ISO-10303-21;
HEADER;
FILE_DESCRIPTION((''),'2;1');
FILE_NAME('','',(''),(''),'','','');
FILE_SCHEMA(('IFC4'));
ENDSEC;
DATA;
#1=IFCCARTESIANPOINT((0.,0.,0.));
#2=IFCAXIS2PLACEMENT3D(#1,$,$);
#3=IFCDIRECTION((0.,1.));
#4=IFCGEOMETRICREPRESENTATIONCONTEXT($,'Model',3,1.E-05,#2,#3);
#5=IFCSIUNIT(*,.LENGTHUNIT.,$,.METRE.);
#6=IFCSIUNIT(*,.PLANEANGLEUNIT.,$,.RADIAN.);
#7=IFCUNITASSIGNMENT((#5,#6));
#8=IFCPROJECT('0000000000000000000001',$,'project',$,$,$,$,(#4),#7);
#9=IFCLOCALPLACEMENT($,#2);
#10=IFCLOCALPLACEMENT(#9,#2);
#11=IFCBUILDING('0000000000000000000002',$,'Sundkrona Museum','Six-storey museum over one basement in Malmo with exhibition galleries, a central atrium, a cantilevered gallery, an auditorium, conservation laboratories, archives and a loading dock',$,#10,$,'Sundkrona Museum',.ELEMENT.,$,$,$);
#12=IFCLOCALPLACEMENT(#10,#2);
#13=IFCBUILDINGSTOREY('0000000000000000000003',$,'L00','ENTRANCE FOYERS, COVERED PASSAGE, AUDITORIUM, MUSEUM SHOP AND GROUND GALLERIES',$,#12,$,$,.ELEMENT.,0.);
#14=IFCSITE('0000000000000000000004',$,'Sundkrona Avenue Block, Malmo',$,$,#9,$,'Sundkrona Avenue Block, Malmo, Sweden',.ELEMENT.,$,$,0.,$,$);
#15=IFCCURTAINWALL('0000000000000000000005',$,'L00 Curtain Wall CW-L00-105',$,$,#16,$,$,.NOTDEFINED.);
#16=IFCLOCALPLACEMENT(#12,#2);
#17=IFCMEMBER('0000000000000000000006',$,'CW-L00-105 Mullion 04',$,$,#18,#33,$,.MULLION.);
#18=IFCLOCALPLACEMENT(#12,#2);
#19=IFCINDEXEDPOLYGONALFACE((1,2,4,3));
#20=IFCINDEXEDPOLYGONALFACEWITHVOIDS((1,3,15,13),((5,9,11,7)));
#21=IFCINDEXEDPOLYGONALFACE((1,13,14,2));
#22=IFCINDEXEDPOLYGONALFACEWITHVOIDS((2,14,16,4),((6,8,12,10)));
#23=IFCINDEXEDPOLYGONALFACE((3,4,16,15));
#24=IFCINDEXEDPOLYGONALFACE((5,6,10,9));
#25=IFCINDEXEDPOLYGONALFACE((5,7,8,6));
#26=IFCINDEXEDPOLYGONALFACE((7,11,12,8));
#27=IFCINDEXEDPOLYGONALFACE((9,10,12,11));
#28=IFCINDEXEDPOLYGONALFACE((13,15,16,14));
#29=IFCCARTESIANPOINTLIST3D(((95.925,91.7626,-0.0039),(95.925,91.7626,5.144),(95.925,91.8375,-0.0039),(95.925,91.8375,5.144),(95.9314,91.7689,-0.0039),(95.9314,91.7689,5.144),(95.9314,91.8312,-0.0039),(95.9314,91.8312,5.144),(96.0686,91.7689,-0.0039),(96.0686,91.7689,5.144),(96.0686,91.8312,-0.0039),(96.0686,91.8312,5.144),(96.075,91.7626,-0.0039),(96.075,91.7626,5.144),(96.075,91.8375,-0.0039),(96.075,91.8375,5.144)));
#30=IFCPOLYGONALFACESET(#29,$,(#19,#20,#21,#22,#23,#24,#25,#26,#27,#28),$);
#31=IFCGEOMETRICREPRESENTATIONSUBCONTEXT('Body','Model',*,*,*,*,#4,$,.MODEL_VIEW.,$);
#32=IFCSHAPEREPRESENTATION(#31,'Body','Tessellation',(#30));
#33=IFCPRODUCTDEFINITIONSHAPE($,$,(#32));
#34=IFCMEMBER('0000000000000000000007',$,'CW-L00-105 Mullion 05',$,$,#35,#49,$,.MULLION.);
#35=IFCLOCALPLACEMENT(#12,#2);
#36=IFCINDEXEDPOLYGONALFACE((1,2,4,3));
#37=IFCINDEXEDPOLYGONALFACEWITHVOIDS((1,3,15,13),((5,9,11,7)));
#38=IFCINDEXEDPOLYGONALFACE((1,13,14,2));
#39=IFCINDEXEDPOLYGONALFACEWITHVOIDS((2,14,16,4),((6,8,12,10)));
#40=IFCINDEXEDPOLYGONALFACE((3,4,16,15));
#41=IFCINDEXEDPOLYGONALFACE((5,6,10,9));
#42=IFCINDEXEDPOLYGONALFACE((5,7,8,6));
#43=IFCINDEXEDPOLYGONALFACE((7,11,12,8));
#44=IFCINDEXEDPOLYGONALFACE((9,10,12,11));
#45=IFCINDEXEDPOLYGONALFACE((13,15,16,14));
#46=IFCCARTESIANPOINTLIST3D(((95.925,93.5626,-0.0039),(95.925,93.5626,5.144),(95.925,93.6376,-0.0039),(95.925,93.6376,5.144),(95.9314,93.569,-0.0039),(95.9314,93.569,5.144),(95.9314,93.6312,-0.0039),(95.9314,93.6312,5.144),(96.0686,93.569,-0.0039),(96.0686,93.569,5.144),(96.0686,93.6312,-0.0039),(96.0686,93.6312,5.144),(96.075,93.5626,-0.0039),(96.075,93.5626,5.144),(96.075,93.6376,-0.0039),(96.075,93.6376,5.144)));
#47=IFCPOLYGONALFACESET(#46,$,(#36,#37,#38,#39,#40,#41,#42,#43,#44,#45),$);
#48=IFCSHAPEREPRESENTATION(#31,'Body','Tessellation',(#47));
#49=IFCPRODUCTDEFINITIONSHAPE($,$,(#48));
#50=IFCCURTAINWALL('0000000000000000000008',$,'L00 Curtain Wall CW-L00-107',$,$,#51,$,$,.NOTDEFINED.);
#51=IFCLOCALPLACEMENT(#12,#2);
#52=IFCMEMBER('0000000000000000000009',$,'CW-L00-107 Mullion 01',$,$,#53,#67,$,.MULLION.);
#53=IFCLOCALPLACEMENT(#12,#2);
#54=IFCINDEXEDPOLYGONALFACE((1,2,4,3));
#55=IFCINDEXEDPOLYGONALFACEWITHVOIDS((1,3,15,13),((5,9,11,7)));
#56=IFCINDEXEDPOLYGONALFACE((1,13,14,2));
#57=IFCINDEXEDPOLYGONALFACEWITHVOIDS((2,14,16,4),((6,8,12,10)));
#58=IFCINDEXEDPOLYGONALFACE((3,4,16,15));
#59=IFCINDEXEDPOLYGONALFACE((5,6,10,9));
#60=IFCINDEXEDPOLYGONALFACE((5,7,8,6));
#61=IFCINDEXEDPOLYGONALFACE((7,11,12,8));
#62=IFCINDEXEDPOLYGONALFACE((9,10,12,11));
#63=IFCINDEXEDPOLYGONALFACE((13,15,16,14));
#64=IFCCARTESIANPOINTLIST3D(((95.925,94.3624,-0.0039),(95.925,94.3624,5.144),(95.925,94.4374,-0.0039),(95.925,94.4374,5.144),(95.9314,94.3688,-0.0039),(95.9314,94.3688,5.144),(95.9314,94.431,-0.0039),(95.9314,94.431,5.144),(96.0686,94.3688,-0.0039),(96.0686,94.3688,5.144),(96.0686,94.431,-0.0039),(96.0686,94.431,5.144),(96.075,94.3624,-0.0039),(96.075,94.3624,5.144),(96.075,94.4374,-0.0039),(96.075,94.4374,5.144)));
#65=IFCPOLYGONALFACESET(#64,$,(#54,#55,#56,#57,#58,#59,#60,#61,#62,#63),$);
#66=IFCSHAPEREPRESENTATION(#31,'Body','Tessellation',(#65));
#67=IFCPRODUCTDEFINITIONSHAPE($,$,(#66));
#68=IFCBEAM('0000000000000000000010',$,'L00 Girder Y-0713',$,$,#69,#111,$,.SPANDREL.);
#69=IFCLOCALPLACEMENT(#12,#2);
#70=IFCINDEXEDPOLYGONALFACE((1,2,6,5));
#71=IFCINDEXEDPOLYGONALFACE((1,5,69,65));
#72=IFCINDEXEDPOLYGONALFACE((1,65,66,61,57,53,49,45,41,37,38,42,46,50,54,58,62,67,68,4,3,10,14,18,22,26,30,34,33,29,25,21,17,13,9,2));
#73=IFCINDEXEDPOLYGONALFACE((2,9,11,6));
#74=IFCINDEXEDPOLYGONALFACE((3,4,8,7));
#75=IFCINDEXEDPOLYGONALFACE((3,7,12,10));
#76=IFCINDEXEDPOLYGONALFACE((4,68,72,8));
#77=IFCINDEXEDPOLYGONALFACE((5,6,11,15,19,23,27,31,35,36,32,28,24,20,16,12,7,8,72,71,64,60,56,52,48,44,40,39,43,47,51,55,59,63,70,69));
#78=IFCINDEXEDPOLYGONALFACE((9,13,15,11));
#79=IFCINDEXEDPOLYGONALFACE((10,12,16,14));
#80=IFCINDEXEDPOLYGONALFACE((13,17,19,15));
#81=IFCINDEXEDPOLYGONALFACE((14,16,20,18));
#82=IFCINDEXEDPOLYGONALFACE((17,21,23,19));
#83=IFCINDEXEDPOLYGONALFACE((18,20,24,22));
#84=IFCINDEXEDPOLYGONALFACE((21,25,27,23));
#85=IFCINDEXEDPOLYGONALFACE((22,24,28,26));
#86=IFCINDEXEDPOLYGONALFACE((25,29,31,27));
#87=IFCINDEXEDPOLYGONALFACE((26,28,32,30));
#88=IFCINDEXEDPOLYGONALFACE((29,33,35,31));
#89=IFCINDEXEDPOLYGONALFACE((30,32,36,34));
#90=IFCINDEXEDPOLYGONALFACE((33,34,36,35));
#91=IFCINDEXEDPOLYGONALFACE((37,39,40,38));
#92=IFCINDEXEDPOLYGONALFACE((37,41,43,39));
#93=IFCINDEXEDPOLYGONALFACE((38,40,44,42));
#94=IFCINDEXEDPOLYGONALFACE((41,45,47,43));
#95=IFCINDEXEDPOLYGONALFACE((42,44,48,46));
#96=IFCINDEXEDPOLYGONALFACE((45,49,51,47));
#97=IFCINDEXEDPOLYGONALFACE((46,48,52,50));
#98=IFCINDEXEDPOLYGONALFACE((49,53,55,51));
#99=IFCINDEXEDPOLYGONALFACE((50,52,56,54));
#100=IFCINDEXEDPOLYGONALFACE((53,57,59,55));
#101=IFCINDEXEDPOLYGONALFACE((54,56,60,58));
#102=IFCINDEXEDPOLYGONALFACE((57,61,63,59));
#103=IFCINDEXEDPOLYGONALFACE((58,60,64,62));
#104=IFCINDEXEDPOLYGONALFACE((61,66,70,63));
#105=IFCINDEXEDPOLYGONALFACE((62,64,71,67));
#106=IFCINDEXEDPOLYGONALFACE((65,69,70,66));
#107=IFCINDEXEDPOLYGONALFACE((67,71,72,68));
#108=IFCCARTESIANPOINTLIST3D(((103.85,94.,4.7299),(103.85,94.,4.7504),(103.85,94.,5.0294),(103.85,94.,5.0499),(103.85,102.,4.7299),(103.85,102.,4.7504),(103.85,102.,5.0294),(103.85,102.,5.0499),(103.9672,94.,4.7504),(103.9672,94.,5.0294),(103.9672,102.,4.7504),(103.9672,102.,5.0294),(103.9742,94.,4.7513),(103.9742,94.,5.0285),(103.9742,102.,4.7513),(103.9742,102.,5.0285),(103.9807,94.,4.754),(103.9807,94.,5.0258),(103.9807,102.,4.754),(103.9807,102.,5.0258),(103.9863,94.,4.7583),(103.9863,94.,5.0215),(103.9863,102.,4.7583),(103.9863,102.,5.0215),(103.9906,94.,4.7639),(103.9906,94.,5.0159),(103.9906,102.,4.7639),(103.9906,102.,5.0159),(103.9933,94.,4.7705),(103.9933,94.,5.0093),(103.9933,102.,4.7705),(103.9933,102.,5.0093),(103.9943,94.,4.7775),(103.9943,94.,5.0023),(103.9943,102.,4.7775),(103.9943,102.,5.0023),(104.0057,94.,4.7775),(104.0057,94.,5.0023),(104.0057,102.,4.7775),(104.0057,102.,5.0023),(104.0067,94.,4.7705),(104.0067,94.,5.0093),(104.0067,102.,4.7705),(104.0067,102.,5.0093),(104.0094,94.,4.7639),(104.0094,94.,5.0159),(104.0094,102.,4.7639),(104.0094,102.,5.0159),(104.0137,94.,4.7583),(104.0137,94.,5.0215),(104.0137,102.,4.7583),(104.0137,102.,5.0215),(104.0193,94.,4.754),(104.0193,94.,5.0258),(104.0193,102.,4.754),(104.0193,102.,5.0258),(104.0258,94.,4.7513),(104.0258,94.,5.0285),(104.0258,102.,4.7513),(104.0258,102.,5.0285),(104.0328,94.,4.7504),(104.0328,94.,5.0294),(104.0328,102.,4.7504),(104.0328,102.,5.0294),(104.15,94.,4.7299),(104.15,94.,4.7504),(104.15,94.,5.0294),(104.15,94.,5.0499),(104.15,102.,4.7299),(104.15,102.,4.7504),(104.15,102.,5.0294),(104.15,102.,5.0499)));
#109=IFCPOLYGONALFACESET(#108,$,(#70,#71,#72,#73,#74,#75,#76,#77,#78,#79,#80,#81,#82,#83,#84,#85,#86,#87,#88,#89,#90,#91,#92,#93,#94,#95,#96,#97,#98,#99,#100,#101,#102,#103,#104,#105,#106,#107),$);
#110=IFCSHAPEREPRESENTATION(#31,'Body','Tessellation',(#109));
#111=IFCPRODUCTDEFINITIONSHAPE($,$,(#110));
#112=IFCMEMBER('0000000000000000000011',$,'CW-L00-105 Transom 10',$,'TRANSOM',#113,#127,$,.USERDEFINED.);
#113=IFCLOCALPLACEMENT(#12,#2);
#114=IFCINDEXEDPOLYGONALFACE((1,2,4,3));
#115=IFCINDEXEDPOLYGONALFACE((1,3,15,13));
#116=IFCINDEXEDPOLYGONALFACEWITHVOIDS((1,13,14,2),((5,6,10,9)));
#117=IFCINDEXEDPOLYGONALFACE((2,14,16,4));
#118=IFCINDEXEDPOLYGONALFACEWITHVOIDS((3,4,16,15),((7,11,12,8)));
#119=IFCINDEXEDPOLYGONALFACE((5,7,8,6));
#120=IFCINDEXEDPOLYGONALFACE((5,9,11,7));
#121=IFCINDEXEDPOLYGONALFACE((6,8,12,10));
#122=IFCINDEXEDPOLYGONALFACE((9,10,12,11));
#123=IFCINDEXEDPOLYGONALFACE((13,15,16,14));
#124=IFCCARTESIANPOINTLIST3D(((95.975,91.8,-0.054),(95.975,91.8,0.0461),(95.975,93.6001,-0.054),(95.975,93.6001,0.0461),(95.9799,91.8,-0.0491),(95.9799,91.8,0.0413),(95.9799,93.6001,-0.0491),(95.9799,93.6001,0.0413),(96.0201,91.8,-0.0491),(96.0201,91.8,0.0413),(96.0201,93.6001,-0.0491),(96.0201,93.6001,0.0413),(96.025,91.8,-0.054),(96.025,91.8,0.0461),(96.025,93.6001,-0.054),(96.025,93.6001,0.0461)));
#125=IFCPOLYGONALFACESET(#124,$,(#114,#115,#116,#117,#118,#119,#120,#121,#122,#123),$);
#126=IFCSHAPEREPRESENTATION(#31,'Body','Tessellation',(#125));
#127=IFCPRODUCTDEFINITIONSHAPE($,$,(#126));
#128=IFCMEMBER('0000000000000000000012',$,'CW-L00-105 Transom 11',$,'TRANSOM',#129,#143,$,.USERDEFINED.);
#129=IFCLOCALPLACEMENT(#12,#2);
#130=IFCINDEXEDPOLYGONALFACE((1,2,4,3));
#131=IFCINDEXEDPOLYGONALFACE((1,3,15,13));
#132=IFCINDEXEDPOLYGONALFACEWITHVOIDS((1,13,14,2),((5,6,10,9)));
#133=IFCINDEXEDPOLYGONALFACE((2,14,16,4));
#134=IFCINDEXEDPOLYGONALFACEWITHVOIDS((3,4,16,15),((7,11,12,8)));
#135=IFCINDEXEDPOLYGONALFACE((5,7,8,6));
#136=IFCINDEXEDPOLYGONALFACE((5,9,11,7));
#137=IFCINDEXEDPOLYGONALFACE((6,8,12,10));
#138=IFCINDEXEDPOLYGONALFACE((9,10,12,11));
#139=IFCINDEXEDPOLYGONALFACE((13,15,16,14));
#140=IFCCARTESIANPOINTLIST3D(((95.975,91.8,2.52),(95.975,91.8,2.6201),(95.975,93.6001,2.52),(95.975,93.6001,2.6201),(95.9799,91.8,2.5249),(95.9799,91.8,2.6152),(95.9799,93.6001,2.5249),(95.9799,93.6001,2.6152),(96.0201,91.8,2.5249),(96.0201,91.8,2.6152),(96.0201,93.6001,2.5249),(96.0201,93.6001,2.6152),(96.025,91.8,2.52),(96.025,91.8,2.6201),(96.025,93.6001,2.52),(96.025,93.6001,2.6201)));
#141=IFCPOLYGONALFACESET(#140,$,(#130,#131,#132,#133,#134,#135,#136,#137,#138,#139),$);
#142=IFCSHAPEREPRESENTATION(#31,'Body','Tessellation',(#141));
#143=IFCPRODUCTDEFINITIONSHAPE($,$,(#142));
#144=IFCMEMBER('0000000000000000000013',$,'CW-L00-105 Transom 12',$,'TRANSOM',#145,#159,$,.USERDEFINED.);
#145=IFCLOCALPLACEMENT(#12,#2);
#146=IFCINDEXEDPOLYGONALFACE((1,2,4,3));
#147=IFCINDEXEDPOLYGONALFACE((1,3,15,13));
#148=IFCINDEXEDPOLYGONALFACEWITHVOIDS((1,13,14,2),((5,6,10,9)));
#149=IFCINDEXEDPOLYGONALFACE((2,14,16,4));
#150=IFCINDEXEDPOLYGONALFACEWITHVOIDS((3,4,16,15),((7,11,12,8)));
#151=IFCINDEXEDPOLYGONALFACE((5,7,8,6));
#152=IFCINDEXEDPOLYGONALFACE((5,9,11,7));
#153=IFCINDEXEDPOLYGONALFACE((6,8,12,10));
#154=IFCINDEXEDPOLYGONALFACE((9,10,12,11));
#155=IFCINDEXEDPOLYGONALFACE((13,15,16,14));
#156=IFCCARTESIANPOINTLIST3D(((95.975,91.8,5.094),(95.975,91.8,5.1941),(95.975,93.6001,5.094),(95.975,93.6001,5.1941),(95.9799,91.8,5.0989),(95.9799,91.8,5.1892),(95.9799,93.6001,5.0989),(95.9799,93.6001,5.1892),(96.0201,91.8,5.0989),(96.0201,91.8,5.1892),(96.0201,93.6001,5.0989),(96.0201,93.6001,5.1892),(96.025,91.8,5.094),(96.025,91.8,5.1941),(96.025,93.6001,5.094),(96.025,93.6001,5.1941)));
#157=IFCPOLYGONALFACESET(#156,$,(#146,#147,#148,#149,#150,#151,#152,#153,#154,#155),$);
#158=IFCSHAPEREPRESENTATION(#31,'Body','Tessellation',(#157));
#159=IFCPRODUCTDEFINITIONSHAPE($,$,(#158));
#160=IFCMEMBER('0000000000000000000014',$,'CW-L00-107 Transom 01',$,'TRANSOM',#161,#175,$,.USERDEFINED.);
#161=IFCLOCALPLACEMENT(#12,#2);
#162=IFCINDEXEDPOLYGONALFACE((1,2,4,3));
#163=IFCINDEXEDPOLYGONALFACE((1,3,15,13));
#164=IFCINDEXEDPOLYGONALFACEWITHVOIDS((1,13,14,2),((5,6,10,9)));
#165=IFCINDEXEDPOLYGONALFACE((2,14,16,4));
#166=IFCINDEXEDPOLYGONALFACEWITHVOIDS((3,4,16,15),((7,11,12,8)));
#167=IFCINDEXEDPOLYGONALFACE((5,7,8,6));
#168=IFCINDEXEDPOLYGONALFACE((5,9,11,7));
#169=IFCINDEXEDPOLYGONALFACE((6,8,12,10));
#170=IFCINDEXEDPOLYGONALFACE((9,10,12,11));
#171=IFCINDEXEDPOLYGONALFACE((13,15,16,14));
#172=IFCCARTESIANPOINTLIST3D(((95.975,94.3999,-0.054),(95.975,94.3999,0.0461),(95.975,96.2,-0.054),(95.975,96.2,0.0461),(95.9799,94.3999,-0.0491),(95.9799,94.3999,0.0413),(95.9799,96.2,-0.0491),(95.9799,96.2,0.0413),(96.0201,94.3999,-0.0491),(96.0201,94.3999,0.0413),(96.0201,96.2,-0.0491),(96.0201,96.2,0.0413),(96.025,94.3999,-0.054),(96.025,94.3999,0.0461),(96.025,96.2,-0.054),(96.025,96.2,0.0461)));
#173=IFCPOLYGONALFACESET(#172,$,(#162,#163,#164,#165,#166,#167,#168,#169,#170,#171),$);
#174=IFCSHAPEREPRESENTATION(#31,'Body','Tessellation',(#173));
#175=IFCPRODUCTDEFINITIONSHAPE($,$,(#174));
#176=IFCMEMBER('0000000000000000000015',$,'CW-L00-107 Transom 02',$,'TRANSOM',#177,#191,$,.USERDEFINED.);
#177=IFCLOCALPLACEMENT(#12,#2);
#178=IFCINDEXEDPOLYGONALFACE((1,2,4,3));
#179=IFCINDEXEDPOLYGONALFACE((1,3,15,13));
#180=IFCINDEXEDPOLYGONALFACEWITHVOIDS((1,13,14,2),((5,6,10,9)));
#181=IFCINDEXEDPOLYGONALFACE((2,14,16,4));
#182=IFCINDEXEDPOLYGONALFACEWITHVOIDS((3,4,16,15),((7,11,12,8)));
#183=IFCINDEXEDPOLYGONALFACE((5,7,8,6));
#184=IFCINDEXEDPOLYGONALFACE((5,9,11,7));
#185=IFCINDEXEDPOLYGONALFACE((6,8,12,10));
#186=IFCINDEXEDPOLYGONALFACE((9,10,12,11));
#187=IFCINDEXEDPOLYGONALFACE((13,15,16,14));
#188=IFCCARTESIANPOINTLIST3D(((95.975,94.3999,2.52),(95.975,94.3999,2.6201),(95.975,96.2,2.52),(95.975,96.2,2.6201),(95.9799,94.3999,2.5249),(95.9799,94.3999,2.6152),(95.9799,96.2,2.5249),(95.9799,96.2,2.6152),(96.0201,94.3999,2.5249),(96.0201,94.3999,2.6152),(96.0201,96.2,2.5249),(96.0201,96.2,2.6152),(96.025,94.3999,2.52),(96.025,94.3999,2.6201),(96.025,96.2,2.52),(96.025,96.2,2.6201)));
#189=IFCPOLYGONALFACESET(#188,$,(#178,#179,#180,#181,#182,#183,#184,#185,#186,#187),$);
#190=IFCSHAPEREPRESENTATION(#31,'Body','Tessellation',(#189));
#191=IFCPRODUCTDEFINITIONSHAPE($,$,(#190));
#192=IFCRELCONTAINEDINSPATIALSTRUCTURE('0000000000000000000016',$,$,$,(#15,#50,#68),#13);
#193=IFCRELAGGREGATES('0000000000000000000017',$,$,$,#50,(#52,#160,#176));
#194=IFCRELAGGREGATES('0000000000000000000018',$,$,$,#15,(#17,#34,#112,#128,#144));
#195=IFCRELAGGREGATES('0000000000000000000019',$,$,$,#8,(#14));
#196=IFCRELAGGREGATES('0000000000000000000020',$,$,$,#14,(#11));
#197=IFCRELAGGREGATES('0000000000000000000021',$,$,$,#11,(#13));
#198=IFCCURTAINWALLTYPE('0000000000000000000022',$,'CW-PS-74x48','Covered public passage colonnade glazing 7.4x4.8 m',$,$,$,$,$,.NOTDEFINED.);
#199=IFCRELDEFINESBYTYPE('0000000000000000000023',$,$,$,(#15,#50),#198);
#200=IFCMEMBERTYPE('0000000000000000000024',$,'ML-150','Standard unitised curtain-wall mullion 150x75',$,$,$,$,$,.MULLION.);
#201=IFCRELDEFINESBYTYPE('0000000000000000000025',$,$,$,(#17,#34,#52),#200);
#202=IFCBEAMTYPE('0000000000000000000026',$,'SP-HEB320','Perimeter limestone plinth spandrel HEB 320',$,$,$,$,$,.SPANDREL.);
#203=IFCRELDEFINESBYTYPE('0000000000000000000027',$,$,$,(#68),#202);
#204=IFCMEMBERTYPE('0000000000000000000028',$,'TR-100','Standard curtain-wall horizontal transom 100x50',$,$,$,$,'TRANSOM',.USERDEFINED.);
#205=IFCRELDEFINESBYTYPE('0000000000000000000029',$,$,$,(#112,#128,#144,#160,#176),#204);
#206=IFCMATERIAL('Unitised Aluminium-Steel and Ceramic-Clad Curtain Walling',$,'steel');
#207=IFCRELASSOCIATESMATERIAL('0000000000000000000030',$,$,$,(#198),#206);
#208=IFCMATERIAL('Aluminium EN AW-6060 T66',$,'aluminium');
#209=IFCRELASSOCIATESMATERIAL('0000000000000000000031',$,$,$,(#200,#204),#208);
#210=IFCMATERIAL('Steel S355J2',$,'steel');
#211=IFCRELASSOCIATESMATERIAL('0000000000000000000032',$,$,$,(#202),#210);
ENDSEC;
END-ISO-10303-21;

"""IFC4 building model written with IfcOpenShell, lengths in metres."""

from ifc_helpers import new_model, si_unit, direction, frame, origin, origin_2d, place, context, subcontext, project, spatial, hollow_rectangle, i_section, extrude, material, material_profile, profile_set, type_object, element, aggregate, save


model = new_model("IFC4")

# Units and contexts
model_context = context("Model", 3, precision=1e-05, world=origin(), true_north=direction((0.0, 1.0)))
body_context = subcontext(model_context, "Body", "Model", "MODEL_VIEW")
ifc_project = project(units=[si_unit("LENGTHUNIT", "METRE"), si_unit("PLANEANGLEUNIT", "RADIAN")], contexts=[model_context])

# Site, building, storey
site_placement = place(None, origin())
site = spatial("IfcSite", under=ifc_project, at=site_placement, Name="Sundkrona Avenue Block, Malmo", LongName="Sundkrona Avenue Block, Malmo, Sweden", CompositionType="ELEMENT", RefElevation=0.0)
building_placement = place(site_placement, origin())
building = spatial("IfcBuilding", under=site, at=building_placement, Name="Sundkrona Museum", Description="Six-storey museum over one basement in Malmo with exhibition galleries, a central atrium, a cantilevered gallery, an auditorium, conservation laboratories, archives and a loading dock", LongName="Sundkrona Museum", CompositionType="ELEMENT")
storey_placement = place(building_placement, origin())
storey = spatial("IfcBuildingStorey", under=building, at=storey_placement, Name="L00", Description="ENTRANCE FOYERS, COVERED PASSAGE, AUDITORIUM, MUSEUM SHOP AND GROUND GALLERIES", CompositionType="ELEMENT", Elevation=0.0)

# Shared definitions
ifc_material_1 = material(Name="Steel S355J2", Category="steel")

# Curtain wall, members
ifc_material_2 = material(Name="Unitised Aluminium-Steel and Ceramic-Clad Curtain Walling", Category="steel")
curtain_wall_type = type_object("IfcCurtainWallType", Name="CW-PS-74x48", Description="Covered public passage colonnade glazing 7.4x4.8 m", PredefinedType="NOTDEFINED", material=ifc_material_2)
curtain_wall_1_placement = place(storey_placement, origin())
curtain_wall_1 = element("IfcCurtainWall", 1, at=curtain_wall_1_placement, inside=storey, type_object=curtain_wall_type, Name="L00 Curtain Wall CW-L00-105", PredefinedType="NOTDEFINED")
ifc_material_3 = material(Name="Aluminium EN AW-6060 T66", Category="aluminium")
ifc_material_profile_1 = material_profile(ifc_material_3, hollow_rectangle(XDim=0.075, YDim=0.1499, WallThickness=0.0063, at=origin_2d()), Name="RHS 150x75x6.3")
ifc_profile_set_1 = profile_set([ifc_material_profile_1], Name="Aluminium EN AW-6060 T66")
member_type_1 = type_object("IfcMemberType", Name="ML-150", Description="Standard unitised curtain-wall mullion 150x75", PredefinedType="MULLION", material=ifc_profile_set_1)
member_1_placement = place(storey_placement, frame((96.0, 91.8, -0.0039), z_axis=(0.0, 0.0, 1.0), x_axis=(0.0, 1.0, 0.0)))
member_1 = element("IfcMember", 2, at=member_1_placement, type_object=member_type_1, Name="CW-L00-105 Mullion 04", PredefinedType="MULLION", context=body_context, shape_type="SweptSolid", body=[
    extrude(hollow_rectangle(XDim=0.075, YDim=0.1499, WallThickness=0.0063, at=origin_2d()), origin(), (0.0, 0.0, 1.0), 5.1479),
])
member_2_placement = place(storey_placement, frame((96.0, 93.6001, -0.0039), z_axis=(0.0, 0.0, 1.0), x_axis=(0.0, 1.0, 0.0)))
member_2 = element("IfcMember", 3, at=member_2_placement, type_object=member_type_1, Name="CW-L00-105 Mullion 05", PredefinedType="MULLION", context=body_context, shape_type="SweptSolid", body=[
    extrude(hollow_rectangle(XDim=0.075, YDim=0.1499, WallThickness=0.0063, at=origin_2d()), origin(), (0.0, 0.0, 1.0), 5.1479),
])

# Curtain wall, member
curtain_wall_2_placement = place(storey_placement, origin())
curtain_wall_2 = element("IfcCurtainWall", 4, at=curtain_wall_2_placement, inside=storey, type_object=curtain_wall_type, Name="L00 Curtain Wall CW-L00-107", PredefinedType="NOTDEFINED")
member_3_placement = place(storey_placement, frame((96.0, 94.3999, -0.0039), z_axis=(0.0, 0.0, 1.0), x_axis=(0.0, 1.0, 0.0)))
member_3 = element("IfcMember", 5, at=member_3_placement, type_object=member_type_1, Name="CW-L00-107 Mullion 01", PredefinedType="MULLION", context=body_context, shape_type="SweptSolid", body=[
    extrude(hollow_rectangle(XDim=0.075, YDim=0.1499, WallThickness=0.0063, at=origin_2d()), origin(), (0.0, 0.0, 1.0), 5.1479),
])

# Beam
ifc_material_profile_2 = material_profile(ifc_material_1, i_section(OverallWidth=0.3, OverallDepth=0.3201, WebThickness=0.0115, FlangeThickness=0.0205, FilletRadius=0.0271, at=origin_2d()), Name="HEB 320")
ifc_profile_set_2 = profile_set([ifc_material_profile_2], Name="Steel S355J2")
beam_type_1 = type_object("IfcBeamType", Name="SP-HEB320", Description="Perimeter limestone plinth spandrel HEB 320", PredefinedType="SPANDREL", material=ifc_profile_set_2)
beam_1_placement = place(storey_placement, frame((104.0, 94.0, 4.8899), z_axis=(0.0, 1.0, 0.0), x_axis=(-1.0, 0.0, 0.0)))
element("IfcBeam", 6, at=beam_1_placement, inside=storey, type_object=beam_type_1, Name="L00 Girder Y-0713", PredefinedType="SPANDREL", context=body_context, shape_type="SweptSolid", body=[
    extrude(i_section(OverallWidth=0.3, OverallDepth=0.3201, WebThickness=0.0115, FlangeThickness=0.0205, FilletRadius=0.0271, at=origin_2d()), origin(), (0.0, 0.0, 1.0), 8.0),
])

# Members
ifc_material_profile_3 = material_profile(ifc_material_3, hollow_rectangle(XDim=0.05, YDim=0.1001, WallThickness=0.0049, at=origin_2d()), Name="RHS 100x50x5.0")
ifc_profile_set_3 = profile_set([ifc_material_profile_3], Name="Aluminium EN AW-6060 T66")
member_type_2 = type_object("IfcMemberType", Name="TR-100", Description="Standard curtain-wall horizontal transom 100x50", ElementType="TRANSOM", PredefinedType="USERDEFINED", material=ifc_profile_set_3)
member_4_placement = place(storey_placement, frame((96.0, 91.8, -0.0039), z_axis=(0.0, 1.0, 0.0), x_axis=(-1.0, 0.0, 0.0)))
member_4 = element("IfcMember", 7, at=member_4_placement, type_object=member_type_2, Name="CW-L00-105 Transom 10", ObjectType="TRANSOM", PredefinedType="USERDEFINED", context=body_context, shape_type="SweptSolid", body=[
    extrude(hollow_rectangle(XDim=0.05, YDim=0.1001, WallThickness=0.0049, at=origin_2d()), origin(), (0.0, 0.0, 1.0), 1.8),
])
member_5_placement = place(storey_placement, frame((96.0, 91.8, 2.5701), z_axis=(0.0, 1.0, 0.0), x_axis=(-1.0, 0.0, 0.0)))
member_5 = element("IfcMember", 8, at=member_5_placement, type_object=member_type_2, Name="CW-L00-105 Transom 11", ObjectType="TRANSOM", PredefinedType="USERDEFINED", context=body_context, shape_type="SweptSolid", body=[
    extrude(hollow_rectangle(XDim=0.05, YDim=0.1001, WallThickness=0.0049, at=origin_2d()), origin(), (0.0, 0.0, 1.0), 1.8),
])
member_6_placement = place(storey_placement, frame((96.0, 91.8, 5.144), z_axis=(0.0, 1.0, 0.0), x_axis=(-1.0, 0.0, 0.0)))
member_6 = element("IfcMember", 9, at=member_6_placement, type_object=member_type_2, Name="CW-L00-105 Transom 12", ObjectType="TRANSOM", PredefinedType="USERDEFINED", context=body_context, shape_type="SweptSolid", body=[
    extrude(hollow_rectangle(XDim=0.05, YDim=0.1001, WallThickness=0.0049, at=origin_2d()), origin(), (0.0, 0.0, 1.0), 1.8),
])
member_7_placement = place(storey_placement, frame((96.0, 94.3999, -0.0039), z_axis=(0.0, 1.0, 0.0), x_axis=(-1.0, 0.0, 0.0)))
member_7 = element("IfcMember", 10, at=member_7_placement, type_object=member_type_2, Name="CW-L00-107 Transom 01", ObjectType="TRANSOM", PredefinedType="USERDEFINED", context=body_context, shape_type="SweptSolid", body=[
    extrude(hollow_rectangle(XDim=0.05, YDim=0.1001, WallThickness=0.0049, at=origin_2d()), origin(), (0.0, 0.0, 1.0), 1.8),
])
member_8_placement = place(storey_placement, frame((96.0, 94.3999, 2.5701), z_axis=(0.0, 1.0, 0.0), x_axis=(-1.0, 0.0, 0.0)))
member_8 = element("IfcMember", 11, at=member_8_placement, type_object=member_type_2, Name="CW-L00-107 Transom 02", ObjectType="TRANSOM", PredefinedType="USERDEFINED", context=body_context, shape_type="SweptSolid", body=[
    extrude(hollow_rectangle(XDim=0.05, YDim=0.1001, WallThickness=0.0049, at=origin_2d()), origin(), (0.0, 0.0, 1.0), 1.8),
])
aggregate(curtain_wall_2, [member_3, member_7, member_8])

aggregate(curtain_wall_1, [member_1, member_2, member_4, member_5, member_6])

save(model, "model.ifc")
